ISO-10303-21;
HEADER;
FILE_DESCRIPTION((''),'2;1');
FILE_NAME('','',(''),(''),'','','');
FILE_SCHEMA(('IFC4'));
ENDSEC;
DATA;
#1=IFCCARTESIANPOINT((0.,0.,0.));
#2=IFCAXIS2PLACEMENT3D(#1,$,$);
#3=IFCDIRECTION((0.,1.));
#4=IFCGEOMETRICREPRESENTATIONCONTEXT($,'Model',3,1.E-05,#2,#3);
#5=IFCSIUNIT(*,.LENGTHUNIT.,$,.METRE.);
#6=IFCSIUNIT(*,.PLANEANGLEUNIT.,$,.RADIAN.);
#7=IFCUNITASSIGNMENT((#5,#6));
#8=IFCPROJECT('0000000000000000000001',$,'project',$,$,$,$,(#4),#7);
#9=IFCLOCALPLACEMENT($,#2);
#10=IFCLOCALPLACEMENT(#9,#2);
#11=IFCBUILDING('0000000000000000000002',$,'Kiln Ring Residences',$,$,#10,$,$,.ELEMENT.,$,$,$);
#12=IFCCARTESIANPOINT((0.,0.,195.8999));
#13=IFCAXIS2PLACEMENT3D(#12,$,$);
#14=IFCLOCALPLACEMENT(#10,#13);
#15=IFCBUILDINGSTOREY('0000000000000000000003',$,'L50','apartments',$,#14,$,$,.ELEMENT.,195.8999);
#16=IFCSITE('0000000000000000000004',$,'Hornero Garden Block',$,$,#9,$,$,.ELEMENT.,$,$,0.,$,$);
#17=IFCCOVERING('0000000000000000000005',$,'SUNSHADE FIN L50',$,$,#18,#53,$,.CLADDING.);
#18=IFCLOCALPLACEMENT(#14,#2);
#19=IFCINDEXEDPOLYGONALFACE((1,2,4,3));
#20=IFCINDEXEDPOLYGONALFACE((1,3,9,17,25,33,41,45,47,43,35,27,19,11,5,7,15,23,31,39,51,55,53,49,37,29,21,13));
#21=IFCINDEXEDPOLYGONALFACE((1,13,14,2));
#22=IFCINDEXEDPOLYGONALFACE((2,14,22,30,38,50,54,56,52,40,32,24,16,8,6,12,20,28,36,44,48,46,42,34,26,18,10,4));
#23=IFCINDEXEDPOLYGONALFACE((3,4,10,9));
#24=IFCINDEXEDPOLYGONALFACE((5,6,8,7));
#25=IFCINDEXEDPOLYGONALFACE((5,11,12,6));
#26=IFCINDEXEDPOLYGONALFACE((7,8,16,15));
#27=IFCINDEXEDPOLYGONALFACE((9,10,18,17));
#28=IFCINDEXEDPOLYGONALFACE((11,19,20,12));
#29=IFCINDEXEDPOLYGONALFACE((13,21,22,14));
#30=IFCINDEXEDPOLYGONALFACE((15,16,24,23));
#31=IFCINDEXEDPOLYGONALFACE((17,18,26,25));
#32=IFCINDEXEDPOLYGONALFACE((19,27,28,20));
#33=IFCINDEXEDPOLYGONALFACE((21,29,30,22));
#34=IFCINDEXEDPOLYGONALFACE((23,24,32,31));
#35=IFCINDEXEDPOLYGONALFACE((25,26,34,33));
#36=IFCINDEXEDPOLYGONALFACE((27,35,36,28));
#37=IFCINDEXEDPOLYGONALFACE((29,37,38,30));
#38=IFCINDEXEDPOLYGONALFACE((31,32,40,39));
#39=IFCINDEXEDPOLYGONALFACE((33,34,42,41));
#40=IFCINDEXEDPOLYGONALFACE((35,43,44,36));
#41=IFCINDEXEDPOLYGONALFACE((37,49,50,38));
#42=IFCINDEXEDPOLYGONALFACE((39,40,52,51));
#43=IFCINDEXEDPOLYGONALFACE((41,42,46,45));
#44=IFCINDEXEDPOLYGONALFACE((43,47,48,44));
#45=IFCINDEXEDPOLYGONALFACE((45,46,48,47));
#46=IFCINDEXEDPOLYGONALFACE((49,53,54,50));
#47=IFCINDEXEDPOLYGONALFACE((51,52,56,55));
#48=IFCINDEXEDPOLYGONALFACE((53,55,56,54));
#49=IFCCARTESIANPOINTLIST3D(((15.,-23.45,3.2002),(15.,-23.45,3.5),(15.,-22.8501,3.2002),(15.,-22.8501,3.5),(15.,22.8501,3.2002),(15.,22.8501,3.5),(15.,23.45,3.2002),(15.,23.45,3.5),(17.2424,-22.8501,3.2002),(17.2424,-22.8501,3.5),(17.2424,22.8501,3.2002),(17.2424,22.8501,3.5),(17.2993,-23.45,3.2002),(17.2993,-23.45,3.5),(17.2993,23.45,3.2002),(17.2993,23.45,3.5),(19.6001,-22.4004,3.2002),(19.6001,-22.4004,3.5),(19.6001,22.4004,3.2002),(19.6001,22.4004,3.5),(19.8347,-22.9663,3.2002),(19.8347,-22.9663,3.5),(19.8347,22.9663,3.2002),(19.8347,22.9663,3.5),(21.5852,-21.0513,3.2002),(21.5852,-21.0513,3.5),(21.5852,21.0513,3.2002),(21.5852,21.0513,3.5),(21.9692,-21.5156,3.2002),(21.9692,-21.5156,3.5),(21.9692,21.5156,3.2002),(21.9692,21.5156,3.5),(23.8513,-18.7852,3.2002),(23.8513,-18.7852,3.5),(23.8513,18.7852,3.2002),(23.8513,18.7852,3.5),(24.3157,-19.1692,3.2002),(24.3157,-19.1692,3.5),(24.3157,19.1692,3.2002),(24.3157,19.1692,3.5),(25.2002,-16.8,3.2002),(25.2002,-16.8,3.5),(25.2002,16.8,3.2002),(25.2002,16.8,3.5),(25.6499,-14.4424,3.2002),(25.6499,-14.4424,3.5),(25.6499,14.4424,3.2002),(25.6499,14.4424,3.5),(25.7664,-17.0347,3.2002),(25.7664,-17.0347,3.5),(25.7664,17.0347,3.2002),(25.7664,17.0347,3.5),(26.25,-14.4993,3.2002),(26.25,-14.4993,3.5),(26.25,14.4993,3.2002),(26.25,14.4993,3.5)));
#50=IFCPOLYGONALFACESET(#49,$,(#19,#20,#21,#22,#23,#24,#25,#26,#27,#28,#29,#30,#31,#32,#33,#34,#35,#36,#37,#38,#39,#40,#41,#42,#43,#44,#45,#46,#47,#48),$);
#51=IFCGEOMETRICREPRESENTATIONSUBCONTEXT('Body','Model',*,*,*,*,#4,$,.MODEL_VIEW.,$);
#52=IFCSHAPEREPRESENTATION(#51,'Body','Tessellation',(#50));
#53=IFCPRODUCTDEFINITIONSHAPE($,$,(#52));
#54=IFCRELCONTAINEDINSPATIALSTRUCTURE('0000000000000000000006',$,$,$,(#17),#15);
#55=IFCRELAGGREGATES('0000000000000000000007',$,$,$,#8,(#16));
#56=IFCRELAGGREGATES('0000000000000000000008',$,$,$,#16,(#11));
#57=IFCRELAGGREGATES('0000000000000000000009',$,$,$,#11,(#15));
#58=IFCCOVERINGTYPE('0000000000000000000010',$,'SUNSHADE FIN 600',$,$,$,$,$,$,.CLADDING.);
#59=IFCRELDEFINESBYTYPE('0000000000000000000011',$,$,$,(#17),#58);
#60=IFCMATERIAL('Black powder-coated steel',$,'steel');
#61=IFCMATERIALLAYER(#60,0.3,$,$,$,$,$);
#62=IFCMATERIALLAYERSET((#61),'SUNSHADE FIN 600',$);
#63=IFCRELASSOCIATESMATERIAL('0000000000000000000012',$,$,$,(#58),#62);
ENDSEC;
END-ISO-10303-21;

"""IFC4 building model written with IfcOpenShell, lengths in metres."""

from ifc_helpers import new_model, si_unit, direction, frame, origin, place, context, subcontext, project, spatial, polyline, outline, extrude, material, layer, layer_set, type_object, element, save


model = new_model("IFC4")

# Units and contexts
model_context = context("Model", 3, precision=1e-05, world=origin(), true_north=direction((0.0, 1.0)))
body_context = subcontext(model_context, "Body", "Model", "MODEL_VIEW")
ifc_project = project(units=[si_unit("LENGTHUNIT", "METRE"), si_unit("PLANEANGLEUNIT", "RADIAN")], contexts=[model_context])

# Site, building, storey
site_placement = place(None, origin())
site = spatial("IfcSite", under=ifc_project, at=site_placement, Name="Hornero Garden Block", CompositionType="ELEMENT", RefElevation=0.0)
building_placement = place(site_placement, origin())
building = spatial("IfcBuilding", under=site, at=building_placement, Name="Kiln Ring Residences", CompositionType="ELEMENT")
storey_placement = place(building_placement, frame((0.0, 0.0, 195.8999)))
storey = spatial("IfcBuildingStorey", under=building, at=storey_placement, Name="L50", Description="apartments", CompositionType="ELEMENT", Elevation=195.8999)

# Covering
placement = place(storey_placement, frame((0.0, 0.0, 3.2002)))
ifc_material_1 = material(Name="Black powder-coated steel", Category="steel")
ifc_layer_1 = layer(ifc_material_1, 0.3)
ifc_layer_set_1 = layer_set([ifc_layer_1], Name="SUNSHADE FIN 600")
covering_type_1 = type_object("IfcCoveringType", Name="SUNSHADE FIN 600", PredefinedType="CLADDING", material=ifc_layer_set_1)
element("IfcCovering", 1, at=placement, inside=storey, type_object=covering_type_1, Name="SUNSHADE FIN L50", PredefinedType="CLADDING", context=body_context, shape_type="SweptSolid", body=[
    extrude(outline(polyline([(17.2993, 23.45), (15.0, 23.45), (15.0, 22.8501), (17.2424, 22.8501), (19.6001, 22.4004), (21.5852, 21.0513), (23.8513, 18.7852), (25.2002, 16.8), (25.6499, 14.4424), (25.6499, -14.4424), (25.2002, -16.8), (23.8513, -18.7852), (21.5852, -21.0513), (19.6001, -22.4004), (17.2424, -22.8501), (15.0, -22.8501), (15.0, -23.45), (17.2993, -23.45), (19.8347, -22.9663), (21.9692, -21.5156), (24.3157, -19.1692), (25.7664, -17.0347), (26.25, -14.4993), (26.25, 14.4993), (25.7664, 17.0347), (24.3157, 19.1692), (21.9692, 21.5156), (19.8347, 22.9663), (17.2993, 23.45)])), origin(), (0.0, 0.0, 1.0), 0.2998),
])

save(model, "model.ifc")
